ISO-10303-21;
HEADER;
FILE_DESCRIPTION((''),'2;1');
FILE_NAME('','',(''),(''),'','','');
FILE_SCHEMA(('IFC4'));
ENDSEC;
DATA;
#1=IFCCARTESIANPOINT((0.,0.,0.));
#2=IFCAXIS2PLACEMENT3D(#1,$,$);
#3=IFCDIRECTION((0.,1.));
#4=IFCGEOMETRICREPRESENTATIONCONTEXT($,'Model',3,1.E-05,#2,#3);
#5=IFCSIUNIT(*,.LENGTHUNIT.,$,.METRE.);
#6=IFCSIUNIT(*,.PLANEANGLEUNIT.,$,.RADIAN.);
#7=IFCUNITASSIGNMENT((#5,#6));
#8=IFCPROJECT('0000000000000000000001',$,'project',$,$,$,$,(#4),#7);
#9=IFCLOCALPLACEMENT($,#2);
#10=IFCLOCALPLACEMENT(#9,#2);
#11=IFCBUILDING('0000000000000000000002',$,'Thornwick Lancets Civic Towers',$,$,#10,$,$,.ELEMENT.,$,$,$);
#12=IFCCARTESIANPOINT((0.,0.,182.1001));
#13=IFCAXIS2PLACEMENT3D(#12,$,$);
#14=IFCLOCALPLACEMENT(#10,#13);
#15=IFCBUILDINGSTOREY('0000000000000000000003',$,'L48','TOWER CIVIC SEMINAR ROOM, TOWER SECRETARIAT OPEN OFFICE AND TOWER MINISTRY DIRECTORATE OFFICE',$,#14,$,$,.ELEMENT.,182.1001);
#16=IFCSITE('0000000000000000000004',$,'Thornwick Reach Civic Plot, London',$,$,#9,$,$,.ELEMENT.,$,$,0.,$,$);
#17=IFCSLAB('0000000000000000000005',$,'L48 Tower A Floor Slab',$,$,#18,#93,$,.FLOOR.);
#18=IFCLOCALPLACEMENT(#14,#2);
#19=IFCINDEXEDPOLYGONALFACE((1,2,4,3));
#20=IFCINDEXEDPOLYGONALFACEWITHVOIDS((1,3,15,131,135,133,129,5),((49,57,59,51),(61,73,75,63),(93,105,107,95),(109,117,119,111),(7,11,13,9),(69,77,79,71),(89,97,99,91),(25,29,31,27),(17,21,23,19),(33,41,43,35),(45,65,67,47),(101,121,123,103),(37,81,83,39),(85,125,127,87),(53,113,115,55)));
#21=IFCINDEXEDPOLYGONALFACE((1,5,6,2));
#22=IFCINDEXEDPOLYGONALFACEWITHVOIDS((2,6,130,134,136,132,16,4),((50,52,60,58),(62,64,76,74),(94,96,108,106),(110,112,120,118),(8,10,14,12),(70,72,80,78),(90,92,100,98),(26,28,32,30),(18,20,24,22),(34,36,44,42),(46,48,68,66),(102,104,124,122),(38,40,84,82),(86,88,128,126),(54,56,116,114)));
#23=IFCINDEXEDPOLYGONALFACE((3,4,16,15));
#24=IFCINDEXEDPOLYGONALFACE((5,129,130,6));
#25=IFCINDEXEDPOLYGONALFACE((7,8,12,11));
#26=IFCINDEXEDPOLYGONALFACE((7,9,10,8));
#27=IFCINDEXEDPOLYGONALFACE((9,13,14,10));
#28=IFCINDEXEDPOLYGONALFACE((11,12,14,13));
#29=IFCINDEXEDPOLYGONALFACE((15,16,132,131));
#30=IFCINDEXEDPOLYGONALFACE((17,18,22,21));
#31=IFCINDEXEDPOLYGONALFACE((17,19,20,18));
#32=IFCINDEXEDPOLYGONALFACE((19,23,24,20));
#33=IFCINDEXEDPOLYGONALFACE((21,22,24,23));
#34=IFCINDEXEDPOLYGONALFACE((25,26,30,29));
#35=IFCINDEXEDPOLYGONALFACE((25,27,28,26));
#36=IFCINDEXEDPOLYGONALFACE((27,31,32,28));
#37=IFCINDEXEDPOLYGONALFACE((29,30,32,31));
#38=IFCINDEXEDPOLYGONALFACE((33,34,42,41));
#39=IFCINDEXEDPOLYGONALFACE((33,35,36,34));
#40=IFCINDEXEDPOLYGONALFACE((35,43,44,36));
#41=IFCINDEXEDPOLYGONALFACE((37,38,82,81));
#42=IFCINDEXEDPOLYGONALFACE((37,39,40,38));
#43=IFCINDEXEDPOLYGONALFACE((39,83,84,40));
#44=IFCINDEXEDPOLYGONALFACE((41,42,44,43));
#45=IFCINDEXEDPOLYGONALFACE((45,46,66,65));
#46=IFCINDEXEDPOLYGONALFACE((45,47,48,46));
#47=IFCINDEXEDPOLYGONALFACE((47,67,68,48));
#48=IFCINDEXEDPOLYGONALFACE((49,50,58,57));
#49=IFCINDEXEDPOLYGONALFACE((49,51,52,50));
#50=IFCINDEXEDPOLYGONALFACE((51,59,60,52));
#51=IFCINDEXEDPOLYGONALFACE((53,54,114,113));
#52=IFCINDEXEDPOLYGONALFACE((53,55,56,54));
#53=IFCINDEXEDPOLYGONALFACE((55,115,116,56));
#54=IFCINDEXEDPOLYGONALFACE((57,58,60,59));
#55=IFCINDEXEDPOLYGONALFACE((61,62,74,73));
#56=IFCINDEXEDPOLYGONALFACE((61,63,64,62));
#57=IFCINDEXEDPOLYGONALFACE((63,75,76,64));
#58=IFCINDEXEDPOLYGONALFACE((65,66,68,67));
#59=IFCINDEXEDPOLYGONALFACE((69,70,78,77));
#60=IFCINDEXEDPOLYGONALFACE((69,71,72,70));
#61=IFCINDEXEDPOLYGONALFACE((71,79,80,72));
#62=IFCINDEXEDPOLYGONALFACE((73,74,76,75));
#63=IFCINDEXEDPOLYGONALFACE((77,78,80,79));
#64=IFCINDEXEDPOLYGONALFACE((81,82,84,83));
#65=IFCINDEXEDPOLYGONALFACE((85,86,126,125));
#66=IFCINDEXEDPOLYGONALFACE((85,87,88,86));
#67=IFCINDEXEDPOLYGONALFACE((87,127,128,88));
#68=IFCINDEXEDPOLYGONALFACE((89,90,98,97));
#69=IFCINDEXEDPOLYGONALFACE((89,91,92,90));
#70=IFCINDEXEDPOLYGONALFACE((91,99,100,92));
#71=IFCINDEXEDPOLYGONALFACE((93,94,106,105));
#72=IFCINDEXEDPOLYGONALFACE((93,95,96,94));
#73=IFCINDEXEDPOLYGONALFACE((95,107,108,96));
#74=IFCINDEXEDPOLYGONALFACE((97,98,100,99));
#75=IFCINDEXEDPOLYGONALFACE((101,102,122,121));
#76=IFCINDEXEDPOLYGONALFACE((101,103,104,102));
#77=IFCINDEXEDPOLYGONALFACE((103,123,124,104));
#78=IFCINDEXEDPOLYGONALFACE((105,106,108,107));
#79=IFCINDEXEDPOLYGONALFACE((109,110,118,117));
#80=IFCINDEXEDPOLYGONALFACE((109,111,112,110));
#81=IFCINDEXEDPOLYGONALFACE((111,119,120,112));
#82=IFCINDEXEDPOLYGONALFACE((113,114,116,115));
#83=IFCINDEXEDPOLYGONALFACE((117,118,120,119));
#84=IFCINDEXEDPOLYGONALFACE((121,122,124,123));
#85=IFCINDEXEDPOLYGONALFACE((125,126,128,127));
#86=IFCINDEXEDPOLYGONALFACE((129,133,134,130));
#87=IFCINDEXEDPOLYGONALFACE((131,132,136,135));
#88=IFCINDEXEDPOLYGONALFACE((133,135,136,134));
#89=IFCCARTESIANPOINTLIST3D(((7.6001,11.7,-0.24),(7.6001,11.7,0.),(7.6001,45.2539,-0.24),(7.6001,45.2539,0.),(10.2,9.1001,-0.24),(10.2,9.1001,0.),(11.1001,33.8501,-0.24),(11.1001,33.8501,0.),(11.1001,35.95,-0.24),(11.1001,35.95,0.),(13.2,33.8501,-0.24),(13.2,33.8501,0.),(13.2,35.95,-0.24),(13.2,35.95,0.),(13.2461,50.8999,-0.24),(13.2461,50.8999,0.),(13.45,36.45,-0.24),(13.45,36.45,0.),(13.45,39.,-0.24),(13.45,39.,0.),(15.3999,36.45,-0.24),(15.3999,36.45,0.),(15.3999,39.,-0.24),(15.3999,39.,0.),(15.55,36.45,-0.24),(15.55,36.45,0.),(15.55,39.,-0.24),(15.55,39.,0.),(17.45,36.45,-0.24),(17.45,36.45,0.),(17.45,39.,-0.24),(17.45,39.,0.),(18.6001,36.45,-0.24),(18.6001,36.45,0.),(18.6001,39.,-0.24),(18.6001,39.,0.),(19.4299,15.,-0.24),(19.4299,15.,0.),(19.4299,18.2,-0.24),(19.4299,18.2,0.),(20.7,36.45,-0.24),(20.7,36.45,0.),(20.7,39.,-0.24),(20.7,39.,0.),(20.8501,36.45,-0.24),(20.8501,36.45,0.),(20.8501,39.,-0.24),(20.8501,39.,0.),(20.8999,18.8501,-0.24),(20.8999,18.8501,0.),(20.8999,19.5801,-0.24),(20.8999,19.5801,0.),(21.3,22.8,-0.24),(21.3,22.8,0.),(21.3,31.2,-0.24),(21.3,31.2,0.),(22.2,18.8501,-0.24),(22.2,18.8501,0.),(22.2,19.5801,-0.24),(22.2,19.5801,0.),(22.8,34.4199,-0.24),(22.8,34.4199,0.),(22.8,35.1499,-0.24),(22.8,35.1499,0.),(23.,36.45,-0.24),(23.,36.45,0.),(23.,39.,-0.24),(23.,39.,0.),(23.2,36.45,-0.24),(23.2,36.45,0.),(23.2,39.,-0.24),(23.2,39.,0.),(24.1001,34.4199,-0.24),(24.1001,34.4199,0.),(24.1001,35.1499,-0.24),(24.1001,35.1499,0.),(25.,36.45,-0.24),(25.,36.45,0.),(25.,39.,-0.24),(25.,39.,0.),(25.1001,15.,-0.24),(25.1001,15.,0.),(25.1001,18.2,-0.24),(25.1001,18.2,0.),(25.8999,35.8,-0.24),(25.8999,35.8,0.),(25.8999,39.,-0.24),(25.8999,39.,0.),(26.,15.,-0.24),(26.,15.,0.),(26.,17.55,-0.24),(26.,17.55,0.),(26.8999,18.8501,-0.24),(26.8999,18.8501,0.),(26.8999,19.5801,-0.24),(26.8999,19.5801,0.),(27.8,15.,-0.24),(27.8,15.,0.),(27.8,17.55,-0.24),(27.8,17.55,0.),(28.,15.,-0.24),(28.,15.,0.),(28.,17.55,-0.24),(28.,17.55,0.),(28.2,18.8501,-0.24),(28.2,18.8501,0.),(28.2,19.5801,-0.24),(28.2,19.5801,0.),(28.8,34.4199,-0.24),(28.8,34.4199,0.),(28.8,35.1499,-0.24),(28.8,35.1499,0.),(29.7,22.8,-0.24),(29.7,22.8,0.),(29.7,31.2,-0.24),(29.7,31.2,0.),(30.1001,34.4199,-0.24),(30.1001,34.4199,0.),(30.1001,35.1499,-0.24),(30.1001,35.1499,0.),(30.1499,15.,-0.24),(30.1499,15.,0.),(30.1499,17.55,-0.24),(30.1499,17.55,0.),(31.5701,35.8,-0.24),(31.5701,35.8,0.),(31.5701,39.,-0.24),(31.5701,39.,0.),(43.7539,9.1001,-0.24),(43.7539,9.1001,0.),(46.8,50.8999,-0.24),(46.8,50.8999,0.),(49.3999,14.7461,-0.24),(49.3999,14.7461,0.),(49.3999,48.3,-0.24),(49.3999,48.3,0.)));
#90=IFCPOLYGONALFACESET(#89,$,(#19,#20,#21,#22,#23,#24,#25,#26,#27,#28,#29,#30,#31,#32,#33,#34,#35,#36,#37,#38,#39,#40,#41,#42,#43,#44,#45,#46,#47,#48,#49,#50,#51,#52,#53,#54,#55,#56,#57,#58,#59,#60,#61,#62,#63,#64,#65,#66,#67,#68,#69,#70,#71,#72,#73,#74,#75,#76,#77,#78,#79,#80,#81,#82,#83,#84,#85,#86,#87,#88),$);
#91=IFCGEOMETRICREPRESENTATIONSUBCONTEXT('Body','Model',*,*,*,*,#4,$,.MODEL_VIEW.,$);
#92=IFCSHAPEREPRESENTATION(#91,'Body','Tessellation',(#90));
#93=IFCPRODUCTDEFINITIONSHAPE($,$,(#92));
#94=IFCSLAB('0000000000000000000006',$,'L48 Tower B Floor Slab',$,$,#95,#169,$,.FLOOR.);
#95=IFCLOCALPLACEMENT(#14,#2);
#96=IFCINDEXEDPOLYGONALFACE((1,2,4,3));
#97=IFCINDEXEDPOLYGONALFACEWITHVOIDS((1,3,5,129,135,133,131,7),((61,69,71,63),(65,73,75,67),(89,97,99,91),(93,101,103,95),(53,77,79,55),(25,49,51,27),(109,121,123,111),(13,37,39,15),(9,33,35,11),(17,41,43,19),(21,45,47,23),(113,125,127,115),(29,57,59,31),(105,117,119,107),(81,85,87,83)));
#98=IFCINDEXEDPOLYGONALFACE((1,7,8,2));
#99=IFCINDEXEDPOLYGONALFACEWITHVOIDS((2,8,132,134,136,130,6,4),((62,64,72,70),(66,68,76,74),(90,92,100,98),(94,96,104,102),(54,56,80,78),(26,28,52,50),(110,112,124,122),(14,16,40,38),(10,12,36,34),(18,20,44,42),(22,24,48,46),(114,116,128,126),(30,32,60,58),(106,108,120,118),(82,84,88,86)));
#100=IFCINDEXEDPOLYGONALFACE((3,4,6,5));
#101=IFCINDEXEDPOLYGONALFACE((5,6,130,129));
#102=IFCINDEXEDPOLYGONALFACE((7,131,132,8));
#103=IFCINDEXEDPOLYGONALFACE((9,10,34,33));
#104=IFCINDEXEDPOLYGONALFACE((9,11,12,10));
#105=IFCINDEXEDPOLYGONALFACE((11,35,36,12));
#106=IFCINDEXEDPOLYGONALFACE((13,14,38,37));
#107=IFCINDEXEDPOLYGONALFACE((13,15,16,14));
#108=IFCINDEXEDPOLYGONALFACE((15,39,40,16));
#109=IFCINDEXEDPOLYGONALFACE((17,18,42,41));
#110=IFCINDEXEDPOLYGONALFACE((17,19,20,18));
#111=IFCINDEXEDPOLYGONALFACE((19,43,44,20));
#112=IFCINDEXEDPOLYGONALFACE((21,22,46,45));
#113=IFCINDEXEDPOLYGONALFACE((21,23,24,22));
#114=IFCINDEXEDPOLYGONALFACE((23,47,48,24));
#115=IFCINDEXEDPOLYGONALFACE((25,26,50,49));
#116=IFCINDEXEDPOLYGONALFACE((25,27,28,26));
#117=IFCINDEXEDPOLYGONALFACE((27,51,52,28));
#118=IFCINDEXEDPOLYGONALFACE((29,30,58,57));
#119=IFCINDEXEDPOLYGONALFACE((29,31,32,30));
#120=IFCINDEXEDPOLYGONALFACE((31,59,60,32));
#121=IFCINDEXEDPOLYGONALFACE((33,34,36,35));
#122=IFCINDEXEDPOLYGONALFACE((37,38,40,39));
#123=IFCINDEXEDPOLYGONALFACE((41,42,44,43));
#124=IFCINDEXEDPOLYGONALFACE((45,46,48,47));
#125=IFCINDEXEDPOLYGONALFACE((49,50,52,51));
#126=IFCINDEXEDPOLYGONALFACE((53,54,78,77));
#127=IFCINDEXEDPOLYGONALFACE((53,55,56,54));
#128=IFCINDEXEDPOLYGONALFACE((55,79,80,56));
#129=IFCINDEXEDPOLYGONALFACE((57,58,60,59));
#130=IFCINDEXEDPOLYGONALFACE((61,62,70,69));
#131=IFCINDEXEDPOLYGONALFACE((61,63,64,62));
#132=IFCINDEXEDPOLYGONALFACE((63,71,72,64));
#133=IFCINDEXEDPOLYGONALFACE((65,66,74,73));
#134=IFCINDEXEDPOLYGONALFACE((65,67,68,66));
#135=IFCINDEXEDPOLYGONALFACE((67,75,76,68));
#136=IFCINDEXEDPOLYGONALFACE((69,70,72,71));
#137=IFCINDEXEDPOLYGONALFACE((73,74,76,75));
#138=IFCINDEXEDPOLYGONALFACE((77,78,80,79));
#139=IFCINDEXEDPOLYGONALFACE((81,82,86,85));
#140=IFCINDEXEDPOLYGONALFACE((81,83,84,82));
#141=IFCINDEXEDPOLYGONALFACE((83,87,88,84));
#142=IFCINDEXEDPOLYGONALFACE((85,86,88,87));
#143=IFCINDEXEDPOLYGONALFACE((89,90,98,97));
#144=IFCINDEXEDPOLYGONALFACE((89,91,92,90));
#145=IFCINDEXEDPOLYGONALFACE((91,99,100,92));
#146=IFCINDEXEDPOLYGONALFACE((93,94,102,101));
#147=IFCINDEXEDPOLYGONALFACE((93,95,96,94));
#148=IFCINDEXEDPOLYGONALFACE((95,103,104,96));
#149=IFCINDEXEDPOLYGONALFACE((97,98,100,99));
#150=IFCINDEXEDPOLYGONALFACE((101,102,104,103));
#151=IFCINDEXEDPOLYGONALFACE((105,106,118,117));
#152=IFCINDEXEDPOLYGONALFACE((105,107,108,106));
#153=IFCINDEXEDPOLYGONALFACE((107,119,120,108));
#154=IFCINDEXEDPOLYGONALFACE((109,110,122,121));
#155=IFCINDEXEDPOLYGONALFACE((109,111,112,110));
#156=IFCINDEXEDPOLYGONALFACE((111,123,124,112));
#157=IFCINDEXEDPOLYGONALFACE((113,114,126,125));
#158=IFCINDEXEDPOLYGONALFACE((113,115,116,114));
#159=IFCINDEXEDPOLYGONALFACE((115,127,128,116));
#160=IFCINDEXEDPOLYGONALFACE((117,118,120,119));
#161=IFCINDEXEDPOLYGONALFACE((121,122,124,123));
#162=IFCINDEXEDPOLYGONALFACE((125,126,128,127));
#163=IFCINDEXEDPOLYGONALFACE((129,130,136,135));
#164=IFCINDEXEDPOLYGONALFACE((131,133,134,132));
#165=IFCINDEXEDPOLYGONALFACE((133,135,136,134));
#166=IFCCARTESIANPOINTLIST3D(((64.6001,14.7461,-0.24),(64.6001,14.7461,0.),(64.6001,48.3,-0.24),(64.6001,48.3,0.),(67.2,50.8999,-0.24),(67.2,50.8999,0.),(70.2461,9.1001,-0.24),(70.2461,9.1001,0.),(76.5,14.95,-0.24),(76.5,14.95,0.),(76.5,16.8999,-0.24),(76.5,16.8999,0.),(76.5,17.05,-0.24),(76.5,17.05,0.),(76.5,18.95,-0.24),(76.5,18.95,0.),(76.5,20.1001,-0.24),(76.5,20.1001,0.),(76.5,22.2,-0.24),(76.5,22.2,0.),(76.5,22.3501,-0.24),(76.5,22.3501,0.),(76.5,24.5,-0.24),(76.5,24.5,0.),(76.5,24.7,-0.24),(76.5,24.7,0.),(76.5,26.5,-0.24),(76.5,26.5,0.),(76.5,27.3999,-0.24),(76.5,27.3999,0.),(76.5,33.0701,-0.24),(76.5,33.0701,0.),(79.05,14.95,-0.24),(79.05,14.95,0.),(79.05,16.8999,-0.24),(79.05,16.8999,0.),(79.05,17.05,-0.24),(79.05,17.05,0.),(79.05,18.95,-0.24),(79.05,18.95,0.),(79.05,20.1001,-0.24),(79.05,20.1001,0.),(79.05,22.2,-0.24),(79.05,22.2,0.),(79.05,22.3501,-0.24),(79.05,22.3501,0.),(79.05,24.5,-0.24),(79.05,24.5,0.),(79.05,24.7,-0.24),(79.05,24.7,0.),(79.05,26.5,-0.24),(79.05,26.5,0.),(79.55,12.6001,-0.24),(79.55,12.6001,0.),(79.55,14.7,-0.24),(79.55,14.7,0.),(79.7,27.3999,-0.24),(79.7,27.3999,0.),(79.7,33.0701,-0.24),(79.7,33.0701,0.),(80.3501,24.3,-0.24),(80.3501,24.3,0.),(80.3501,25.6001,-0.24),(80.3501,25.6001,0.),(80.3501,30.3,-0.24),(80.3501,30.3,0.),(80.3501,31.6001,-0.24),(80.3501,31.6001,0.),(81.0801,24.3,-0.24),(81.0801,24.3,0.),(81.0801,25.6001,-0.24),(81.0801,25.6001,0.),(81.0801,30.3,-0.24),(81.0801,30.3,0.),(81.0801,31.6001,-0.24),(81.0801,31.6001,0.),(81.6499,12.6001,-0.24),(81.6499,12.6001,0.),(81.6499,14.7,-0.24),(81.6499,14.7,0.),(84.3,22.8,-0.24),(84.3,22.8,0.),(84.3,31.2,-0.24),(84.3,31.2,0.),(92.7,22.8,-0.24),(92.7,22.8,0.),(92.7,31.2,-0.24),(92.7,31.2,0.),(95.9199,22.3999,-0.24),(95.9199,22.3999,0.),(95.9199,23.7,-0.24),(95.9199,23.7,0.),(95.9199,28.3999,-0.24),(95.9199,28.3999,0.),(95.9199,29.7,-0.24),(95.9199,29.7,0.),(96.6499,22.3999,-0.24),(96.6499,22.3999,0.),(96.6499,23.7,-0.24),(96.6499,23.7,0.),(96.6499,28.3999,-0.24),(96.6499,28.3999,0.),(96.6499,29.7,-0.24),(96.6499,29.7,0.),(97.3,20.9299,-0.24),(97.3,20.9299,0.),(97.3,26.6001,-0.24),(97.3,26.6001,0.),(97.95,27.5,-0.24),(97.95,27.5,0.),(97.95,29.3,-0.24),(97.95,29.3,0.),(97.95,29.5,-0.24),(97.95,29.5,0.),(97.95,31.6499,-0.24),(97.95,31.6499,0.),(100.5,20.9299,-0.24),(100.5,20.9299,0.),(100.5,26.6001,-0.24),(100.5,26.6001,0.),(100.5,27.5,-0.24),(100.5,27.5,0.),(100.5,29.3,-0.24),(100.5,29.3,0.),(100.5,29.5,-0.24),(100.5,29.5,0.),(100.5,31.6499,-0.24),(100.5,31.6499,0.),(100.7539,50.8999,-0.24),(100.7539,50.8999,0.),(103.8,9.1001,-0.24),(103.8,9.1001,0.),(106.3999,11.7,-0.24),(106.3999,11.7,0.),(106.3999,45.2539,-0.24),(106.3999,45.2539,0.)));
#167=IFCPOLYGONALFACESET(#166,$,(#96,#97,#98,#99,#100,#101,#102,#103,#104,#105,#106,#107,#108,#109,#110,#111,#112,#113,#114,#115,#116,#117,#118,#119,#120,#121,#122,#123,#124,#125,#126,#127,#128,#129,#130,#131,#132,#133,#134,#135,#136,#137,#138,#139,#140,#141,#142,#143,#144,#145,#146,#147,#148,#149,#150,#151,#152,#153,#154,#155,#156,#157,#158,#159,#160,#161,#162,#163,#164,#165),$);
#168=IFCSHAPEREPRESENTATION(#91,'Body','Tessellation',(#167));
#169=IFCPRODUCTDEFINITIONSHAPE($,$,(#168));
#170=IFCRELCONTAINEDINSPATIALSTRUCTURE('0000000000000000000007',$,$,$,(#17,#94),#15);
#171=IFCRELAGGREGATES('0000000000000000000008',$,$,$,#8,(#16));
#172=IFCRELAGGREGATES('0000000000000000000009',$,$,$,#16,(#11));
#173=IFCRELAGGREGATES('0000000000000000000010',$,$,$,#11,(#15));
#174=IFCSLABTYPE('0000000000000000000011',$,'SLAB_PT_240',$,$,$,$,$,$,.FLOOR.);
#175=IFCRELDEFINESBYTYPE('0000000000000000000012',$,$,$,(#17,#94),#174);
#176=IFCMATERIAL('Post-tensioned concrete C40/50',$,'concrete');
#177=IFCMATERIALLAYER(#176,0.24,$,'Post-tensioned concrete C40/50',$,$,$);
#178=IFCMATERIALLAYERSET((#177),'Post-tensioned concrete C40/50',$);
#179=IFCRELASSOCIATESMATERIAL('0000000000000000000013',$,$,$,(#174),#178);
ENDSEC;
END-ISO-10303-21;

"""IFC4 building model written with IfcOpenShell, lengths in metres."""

from ifc_helpers import new_model, si_unit, direction, frame, origin, place, context, subcontext, project, spatial, polyline, outline, extrude, material, layer, layer_set, type_object, element, save


model = new_model("IFC4")

# Units and contexts
model_context = context("Model", 3, precision=1e-05, world=origin(), true_north=direction((0.0, 1.0)))
body_context = subcontext(model_context, "Body", "Model", "MODEL_VIEW")
ifc_project = project(units=[si_unit("LENGTHUNIT", "METRE"), si_unit("PLANEANGLEUNIT", "RADIAN")], contexts=[model_context])

# Site, building, storey
site_placement = place(None, origin())
site = spatial("IfcSite", under=ifc_project, at=site_placement, Name="Thornwick Reach Civic Plot, London", CompositionType="ELEMENT", RefElevation=0.0)
building_placement = place(site_placement, origin())
building = spatial("IfcBuilding", under=site, at=building_placement, Name="Thornwick Lancets Civic Towers", CompositionType="ELEMENT")
storey_placement = place(building_placement, frame((0.0, 0.0, 182.1001)))
storey = spatial("IfcBuildingStorey", under=building, at=storey_placement, Name="L48", Description="TOWER CIVIC SEMINAR ROOM, TOWER SECRETARIAT OPEN OFFICE AND TOWER MINISTRY DIRECTORATE OFFICE", CompositionType="ELEMENT", Elevation=182.1001)

# Shared definitions
ifc_material_1 = material(Name="Post-tensioned concrete C40/50", Category="concrete")

# Slabs
ifc_layer_1 = layer(ifc_material_1, 0.24, Name="Post-tensioned concrete C40/50")
ifc_layer_set_1 = layer_set([ifc_layer_1], Name="Post-tensioned concrete C40/50")
slab_type_1 = type_object("IfcSlabType", Name="SLAB_PT_240", PredefinedType="FLOOR", material=ifc_layer_set_1)
slab_1_placement = place(storey_placement, frame((0.0, 0.0, -0.24)))
element("IfcSlab", 1, at=slab_1_placement, inside=storey, type_object=slab_type_1, Name="L48 Tower A Floor Slab", PredefinedType="FLOOR", context=body_context, shape_type="SweptSolid", body=[
    extrude(outline(polyline([(10.2, 9.1001), (43.7539, 9.1001), (49.3999, 14.7461), (49.3999, 48.3), (46.8, 50.8999), (13.2461, 50.8999), (7.6001, 45.2539), (7.6001, 11.7), (10.2, 9.1001)]), holes=[polyline([(21.3, 22.8), (29.7, 22.8), (29.7, 31.2), (21.3, 31.2), (21.3, 22.8)]), polyline([(19.4299, 15.0), (25.1001, 15.0), (25.1001, 18.2), (19.4299, 18.2), (19.4299, 15.0)]), polyline([(31.5701, 39.0), (25.8999, 39.0), (25.8999, 35.8), (31.5701, 35.8), (31.5701, 39.0)]), polyline([(26.0, 15.0), (27.8, 15.0), (27.8, 17.55), (26.0, 17.55), (26.0, 15.0)]), polyline([(28.0, 15.0), (30.1499, 15.0), (30.1499, 17.55), (28.0, 17.55), (28.0, 15.0)]), polyline([(23.2, 36.45), (25.0, 36.45), (25.0, 39.0), (23.2, 39.0), (23.2, 36.45)]), polyline([(20.8501, 36.45), (23.0, 36.45), (23.0, 39.0), (20.8501, 39.0), (20.8501, 36.45)]), polyline([(18.6001, 36.45), (20.7, 36.45), (20.7, 39.0), (18.6001, 39.0), (18.6001, 36.45)]), polyline([(15.55, 36.45), (17.45, 36.45), (17.45, 39.0), (15.55, 39.0), (15.55, 36.45)]), polyline([(13.45, 36.45), (15.3999, 36.45), (15.3999, 39.0), (13.45, 39.0), (13.45, 36.45)]), polyline([(11.1001, 33.8501), (13.2, 33.8501), (13.2, 35.95), (11.1001, 35.95), (11.1001, 33.8501)]), polyline([(26.8999, 18.8501), (28.2, 18.8501), (28.2, 19.5801), (26.8999, 19.5801), (26.8999, 18.8501)]), polyline([(20.8999, 18.8501), (22.2, 18.8501), (22.2, 19.5801), (20.8999, 19.5801), (20.8999, 18.8501)]), polyline([(22.8, 34.4199), (24.1001, 34.4199), (24.1001, 35.1499), (22.8, 35.1499), (22.8, 34.4199)]), polyline([(28.8, 34.4199), (30.1001, 34.4199), (30.1001, 35.1499), (28.8, 35.1499), (28.8, 34.4199)])]), origin(), (0.0, 0.0, 1.0), 0.24),
])
slab_2_placement = place(storey_placement, frame((0.0, 0.0, -0.24)))
element("IfcSlab", 2, at=slab_2_placement, inside=storey, type_object=slab_type_1, Name="L48 Tower B Floor Slab", PredefinedType="FLOOR", context=body_context, shape_type="SweptSolid", body=[
    extrude(outline(polyline([(70.2461, 9.1001), (103.8, 9.1001), (106.3999, 11.7), (106.3999, 45.2539), (100.7539, 50.8999), (67.2, 50.8999), (64.6001, 48.3), (64.6001, 14.7461), (70.2461, 9.1001)]), holes=[polyline([(84.3, 22.8), (92.7, 22.8), (92.7, 31.2), (84.3, 31.2), (84.3, 22.8)]), polyline([(100.5, 20.9299), (100.5, 26.6001), (97.3, 26.6001), (97.3, 20.9299), (100.5, 20.9299)]), polyline([(76.5, 33.0701), (76.5, 27.3999), (79.7, 27.3999), (79.7, 33.0701), (76.5, 33.0701)]), polyline([(97.95, 27.5), (100.5, 27.5), (100.5, 29.3), (97.95, 29.3), (97.95, 27.5)]), polyline([(97.95, 29.5), (100.5, 29.5), (100.5, 31.6499), (97.95, 31.6499), (97.95, 29.5)]), polyline([(76.5, 24.7), (79.05, 24.7), (79.05, 26.5), (76.5, 26.5), (76.5, 24.7)]), polyline([(76.5, 22.3501), (79.05, 22.3501), (79.05, 24.5), (76.5, 24.5), (76.5, 22.3501)]), polyline([(76.5, 20.1001), (79.05, 20.1001), (79.05, 22.2), (76.5, 22.2), (76.5, 20.1001)]), polyline([(76.5, 17.05), (79.05, 17.05), (79.05, 18.95), (76.5, 18.95), (76.5, 17.05)]), polyline([(76.5, 14.95), (79.05, 14.95), (79.05, 16.8999), (76.5, 16.8999), (76.5, 14.95)]), polyline([(79.55, 12.6001), (81.6499, 12.6001), (81.6499, 14.7), (79.55, 14.7), (79.55, 12.6001)]), polyline([(95.9199, 28.3999), (96.6499, 28.3999), (96.6499, 29.7), (95.9199, 29.7), (95.9199, 28.3999)]), polyline([(95.9199, 22.3999), (96.6499, 22.3999), (96.6499, 23.7), (95.9199, 23.7), (95.9199, 22.3999)]), polyline([(80.3501, 24.3), (81.0801, 24.3), (81.0801, 25.6001), (80.3501, 25.6001), (80.3501, 24.3)]), polyline([(80.3501, 30.3), (81.0801, 30.3), (81.0801, 31.6001), (80.3501, 31.6001), (80.3501, 30.3)])]), origin(), (0.0, 0.0, 1.0), 0.24),
])

save(model, "model.ifc")
